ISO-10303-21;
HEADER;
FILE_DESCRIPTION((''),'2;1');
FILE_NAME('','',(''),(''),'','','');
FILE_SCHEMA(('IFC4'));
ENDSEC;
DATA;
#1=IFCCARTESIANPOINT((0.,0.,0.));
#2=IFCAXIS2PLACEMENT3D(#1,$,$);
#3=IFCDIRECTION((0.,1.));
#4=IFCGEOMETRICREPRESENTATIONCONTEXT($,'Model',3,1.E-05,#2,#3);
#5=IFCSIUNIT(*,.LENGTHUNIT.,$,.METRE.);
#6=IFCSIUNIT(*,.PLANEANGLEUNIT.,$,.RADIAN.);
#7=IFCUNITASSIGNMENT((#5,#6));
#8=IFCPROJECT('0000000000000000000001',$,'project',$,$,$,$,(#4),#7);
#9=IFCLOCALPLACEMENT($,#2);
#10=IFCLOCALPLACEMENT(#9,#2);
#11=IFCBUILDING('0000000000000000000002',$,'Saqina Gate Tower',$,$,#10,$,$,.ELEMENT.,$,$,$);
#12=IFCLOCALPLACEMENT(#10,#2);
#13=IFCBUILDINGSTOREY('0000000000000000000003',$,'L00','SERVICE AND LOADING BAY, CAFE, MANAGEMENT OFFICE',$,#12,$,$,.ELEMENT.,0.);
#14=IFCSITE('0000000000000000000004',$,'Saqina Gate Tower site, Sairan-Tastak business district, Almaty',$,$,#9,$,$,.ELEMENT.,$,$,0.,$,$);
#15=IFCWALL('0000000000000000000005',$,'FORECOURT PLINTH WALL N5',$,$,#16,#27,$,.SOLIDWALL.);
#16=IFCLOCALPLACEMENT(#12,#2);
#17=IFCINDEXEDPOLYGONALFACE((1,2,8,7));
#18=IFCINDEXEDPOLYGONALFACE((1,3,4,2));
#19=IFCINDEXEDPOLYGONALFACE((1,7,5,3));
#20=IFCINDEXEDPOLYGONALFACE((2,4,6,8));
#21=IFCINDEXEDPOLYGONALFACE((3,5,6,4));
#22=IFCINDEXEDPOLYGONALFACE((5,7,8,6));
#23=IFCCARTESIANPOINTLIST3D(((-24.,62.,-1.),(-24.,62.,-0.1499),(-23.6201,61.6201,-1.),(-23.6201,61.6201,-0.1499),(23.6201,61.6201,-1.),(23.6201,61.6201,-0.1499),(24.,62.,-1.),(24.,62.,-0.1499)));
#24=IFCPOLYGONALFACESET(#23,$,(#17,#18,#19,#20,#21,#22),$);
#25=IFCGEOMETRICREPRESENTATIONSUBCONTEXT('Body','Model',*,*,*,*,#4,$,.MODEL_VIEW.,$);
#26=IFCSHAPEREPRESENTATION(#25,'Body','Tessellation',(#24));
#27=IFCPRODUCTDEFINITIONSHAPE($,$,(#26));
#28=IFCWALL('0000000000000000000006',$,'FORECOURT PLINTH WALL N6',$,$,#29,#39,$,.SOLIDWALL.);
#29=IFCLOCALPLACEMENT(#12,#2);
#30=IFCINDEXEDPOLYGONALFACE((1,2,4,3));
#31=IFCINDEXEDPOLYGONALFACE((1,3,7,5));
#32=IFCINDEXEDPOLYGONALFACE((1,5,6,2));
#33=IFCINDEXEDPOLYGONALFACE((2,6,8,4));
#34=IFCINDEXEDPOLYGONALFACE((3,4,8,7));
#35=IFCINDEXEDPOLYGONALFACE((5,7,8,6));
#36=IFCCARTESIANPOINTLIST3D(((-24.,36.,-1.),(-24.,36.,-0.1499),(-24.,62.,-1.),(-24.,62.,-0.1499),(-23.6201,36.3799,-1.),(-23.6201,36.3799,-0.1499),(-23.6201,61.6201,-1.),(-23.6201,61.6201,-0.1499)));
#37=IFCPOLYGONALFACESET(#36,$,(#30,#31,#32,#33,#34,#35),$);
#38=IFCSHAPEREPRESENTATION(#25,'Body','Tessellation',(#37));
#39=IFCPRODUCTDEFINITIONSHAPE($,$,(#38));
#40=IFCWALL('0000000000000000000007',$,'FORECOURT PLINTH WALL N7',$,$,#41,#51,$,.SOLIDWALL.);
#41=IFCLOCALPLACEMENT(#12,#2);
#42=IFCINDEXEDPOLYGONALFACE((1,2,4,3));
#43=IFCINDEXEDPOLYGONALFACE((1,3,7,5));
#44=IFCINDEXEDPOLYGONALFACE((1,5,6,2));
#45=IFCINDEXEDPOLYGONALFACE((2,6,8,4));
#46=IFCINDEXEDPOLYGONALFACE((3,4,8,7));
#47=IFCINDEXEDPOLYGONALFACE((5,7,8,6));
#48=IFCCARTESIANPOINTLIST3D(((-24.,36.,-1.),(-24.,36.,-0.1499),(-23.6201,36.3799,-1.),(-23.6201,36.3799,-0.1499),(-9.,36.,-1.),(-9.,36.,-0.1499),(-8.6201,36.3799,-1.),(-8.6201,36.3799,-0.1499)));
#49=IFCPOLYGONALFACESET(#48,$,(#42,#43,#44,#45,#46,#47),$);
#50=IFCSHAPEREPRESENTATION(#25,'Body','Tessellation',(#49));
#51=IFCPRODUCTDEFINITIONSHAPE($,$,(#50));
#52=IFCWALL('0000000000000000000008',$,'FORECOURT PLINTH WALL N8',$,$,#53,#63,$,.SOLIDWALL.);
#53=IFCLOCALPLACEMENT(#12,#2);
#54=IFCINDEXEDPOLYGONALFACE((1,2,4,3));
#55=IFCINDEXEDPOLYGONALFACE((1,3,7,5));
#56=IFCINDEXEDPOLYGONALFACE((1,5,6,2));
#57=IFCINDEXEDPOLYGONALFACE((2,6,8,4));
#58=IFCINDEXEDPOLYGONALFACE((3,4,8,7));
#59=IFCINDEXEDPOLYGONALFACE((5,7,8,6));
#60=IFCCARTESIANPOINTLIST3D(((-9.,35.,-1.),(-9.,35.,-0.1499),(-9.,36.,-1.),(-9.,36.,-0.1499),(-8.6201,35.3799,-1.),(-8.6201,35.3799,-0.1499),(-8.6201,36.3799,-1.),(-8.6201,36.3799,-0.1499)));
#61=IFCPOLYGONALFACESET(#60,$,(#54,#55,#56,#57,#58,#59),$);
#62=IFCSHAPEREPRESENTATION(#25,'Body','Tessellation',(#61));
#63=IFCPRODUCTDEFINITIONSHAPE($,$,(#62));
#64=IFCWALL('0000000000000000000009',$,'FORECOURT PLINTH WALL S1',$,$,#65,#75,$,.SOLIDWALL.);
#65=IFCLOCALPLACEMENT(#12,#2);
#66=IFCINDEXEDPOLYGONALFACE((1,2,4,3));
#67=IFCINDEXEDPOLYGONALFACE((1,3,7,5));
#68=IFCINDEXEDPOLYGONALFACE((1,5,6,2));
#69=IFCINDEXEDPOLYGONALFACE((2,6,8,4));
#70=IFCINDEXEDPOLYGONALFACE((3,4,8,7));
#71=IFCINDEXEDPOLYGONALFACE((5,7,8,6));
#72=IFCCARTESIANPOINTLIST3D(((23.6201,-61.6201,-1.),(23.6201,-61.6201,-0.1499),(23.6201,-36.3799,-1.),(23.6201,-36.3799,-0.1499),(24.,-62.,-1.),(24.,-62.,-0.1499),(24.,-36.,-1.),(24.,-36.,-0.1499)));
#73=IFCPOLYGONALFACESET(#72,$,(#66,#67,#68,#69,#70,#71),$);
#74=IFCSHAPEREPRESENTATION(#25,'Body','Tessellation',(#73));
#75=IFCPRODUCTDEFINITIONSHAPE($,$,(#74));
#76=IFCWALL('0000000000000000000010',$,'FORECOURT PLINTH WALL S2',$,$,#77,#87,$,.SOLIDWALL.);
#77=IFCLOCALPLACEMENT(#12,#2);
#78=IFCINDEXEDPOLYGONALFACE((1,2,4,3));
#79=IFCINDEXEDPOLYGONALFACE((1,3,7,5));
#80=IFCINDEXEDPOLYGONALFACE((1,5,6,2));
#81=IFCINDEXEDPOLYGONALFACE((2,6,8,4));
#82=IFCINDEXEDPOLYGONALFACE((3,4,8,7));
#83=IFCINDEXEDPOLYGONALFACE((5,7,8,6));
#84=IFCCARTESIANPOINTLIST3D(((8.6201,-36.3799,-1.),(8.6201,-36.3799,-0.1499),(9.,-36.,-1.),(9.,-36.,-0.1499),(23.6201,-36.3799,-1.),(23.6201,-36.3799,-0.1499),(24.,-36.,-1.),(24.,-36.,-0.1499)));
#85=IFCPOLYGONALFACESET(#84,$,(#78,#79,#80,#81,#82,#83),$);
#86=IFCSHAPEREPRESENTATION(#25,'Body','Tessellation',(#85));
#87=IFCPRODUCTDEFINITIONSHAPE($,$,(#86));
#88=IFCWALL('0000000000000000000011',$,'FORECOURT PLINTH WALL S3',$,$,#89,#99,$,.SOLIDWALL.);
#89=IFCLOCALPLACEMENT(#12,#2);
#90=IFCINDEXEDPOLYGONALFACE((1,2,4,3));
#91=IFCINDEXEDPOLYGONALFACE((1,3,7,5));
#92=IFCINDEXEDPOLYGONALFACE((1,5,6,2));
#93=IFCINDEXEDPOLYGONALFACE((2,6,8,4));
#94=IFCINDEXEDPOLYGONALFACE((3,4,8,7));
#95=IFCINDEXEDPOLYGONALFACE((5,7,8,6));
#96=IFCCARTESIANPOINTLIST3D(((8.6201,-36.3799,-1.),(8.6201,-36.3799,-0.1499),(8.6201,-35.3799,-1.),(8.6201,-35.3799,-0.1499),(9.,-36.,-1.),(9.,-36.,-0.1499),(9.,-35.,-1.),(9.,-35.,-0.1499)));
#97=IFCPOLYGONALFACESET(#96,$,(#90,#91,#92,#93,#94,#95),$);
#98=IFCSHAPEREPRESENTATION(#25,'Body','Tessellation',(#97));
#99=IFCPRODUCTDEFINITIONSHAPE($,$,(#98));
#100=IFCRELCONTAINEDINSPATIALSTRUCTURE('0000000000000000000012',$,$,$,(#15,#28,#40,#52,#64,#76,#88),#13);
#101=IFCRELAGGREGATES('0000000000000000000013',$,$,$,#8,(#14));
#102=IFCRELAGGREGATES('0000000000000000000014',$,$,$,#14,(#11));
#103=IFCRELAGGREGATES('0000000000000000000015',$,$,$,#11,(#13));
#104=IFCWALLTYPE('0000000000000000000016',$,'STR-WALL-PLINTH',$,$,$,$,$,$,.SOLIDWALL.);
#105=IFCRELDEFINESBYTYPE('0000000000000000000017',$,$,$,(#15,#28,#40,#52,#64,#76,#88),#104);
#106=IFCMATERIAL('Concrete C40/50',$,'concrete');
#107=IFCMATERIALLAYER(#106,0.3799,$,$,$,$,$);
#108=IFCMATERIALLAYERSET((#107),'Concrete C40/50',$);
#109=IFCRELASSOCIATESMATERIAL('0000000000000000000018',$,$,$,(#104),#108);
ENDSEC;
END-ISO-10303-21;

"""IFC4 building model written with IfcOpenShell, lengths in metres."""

from ifc_helpers import new_model, si_unit, direction, frame, origin, place, context, subcontext, project, spatial, polyline, outline, extrude, material, layer, layer_set, type_object, element, save


model = new_model("IFC4")

# Units and contexts
model_context = context("Model", 3, precision=1e-05, world=origin(), true_north=direction((0.0, 1.0)))
body_context = subcontext(model_context, "Body", "Model", "MODEL_VIEW")
ifc_project = project(units=[si_unit("LENGTHUNIT", "METRE"), si_unit("PLANEANGLEUNIT", "RADIAN")], contexts=[model_context])

# Site, building, storey
site_placement = place(None, origin())
site = spatial("IfcSite", under=ifc_project, at=site_placement, Name="Saqina Gate Tower site, Sairan-Tastak business district, Almaty", CompositionType="ELEMENT", RefElevation=0.0)
building_placement = place(site_placement, origin())
building = spatial("IfcBuilding", under=site, at=building_placement, Name="Saqina Gate Tower", CompositionType="ELEMENT")
storey_placement = place(building_placement, origin())
storey = spatial("IfcBuildingStorey", under=building, at=storey_placement, Name="L00", Description="SERVICE AND LOADING BAY, CAFE, MANAGEMENT OFFICE", CompositionType="ELEMENT", Elevation=0.0)

# Walls
ifc_material_1 = material(Name="Concrete C40/50", Category="concrete")
ifc_layer_1 = layer(ifc_material_1, 0.3799)
ifc_layer_set_1 = layer_set([ifc_layer_1], Name="Concrete C40/50")
wall_type_1 = type_object("IfcWallType", Name="STR-WALL-PLINTH", PredefinedType="SOLIDWALL", material=ifc_layer_set_1)
wall_1_placement = place(storey_placement, frame((0.0, 0.0, -1.0)))
element("IfcWall", 1, at=wall_1_placement, inside=storey, type_object=wall_type_1, Name="FORECOURT PLINTH WALL N5", PredefinedType="SOLIDWALL", context=body_context, shape_type="SweptSolid", body=[
    extrude(outline(polyline([(24.0, 62.0), (-24.0, 62.0), (-23.6201, 61.6201), (23.6201, 61.6201), (24.0, 62.0)])), origin(), (0.0, 0.0, 1.0), 0.8501),
])
wall_2_placement = place(storey_placement, frame((0.0, 0.0, -1.0)))
element("IfcWall", 2, at=wall_2_placement, inside=storey, type_object=wall_type_1, Name="FORECOURT PLINTH WALL N6", PredefinedType="SOLIDWALL", context=body_context, shape_type="SweptSolid", body=[
    extrude(outline(polyline([(-24.0, 62.0), (-24.0, 36.0), (-23.6201, 36.3799), (-23.6201, 61.6201), (-24.0, 62.0)])), origin(), (0.0, 0.0, 1.0), 0.8501),
])
wall_3_placement = place(storey_placement, frame((0.0, 0.0, -1.0)))
element("IfcWall", 3, at=wall_3_placement, inside=storey, type_object=wall_type_1, Name="FORECOURT PLINTH WALL N7", PredefinedType="SOLIDWALL", context=body_context, shape_type="SweptSolid", body=[
    extrude(outline(polyline([(-24.0, 36.0), (-9.0, 36.0), (-8.6201, 36.3799), (-23.6201, 36.3799), (-24.0, 36.0)])), origin(), (0.0, 0.0, 1.0), 0.8501),
])
wall_4_placement = place(storey_placement, frame((0.0, 0.0, -1.0)))
element("IfcWall", 4, at=wall_4_placement, inside=storey, type_object=wall_type_1, Name="FORECOURT PLINTH WALL N8", PredefinedType="SOLIDWALL", context=body_context, shape_type="SweptSolid", body=[
    extrude(outline(polyline([(-9.0, 36.0), (-9.0, 35.0), (-8.6201, 35.3799), (-8.6201, 36.3799), (-9.0, 36.0)])), origin(), (0.0, 0.0, 1.0), 0.8501),
])
wall_5_placement = place(storey_placement, frame((0.0, 0.0, -1.0)))
element("IfcWall", 5, at=wall_5_placement, inside=storey, type_object=wall_type_1, Name="FORECOURT PLINTH WALL S1", PredefinedType="SOLIDWALL", context=body_context, shape_type="SweptSolid", body=[
    extrude(outline(polyline([(24.0, -62.0), (24.0, -36.0), (23.6201, -36.3799), (23.6201, -61.6201), (24.0, -62.0)])), origin(), (0.0, 0.0, 1.0), 0.8501),
])
wall_6_placement = place(storey_placement, frame((0.0, 0.0, -1.0)))
element("IfcWall", 6, at=wall_6_placement, inside=storey, type_object=wall_type_1, Name="FORECOURT PLINTH WALL S2", PredefinedType="SOLIDWALL", context=body_context, shape_type="SweptSolid", body=[
    extrude(outline(polyline([(24.0, -36.0), (9.0, -36.0), (8.6201, -36.3799), (23.6201, -36.3799), (24.0, -36.0)])), origin(), (0.0, 0.0, 1.0), 0.8501),
])
wall_7_placement = place(storey_placement, frame((0.0, 0.0, -1.0)))
element("IfcWall", 7, at=wall_7_placement, inside=storey, type_object=wall_type_1, Name="FORECOURT PLINTH WALL S3", PredefinedType="SOLIDWALL", context=body_context, shape_type="SweptSolid", body=[
    extrude(outline(polyline([(9.0, -36.0), (9.0, -35.0), (8.6201, -35.3799), (8.6201, -36.3799), (9.0, -36.0)])), origin(), (0.0, 0.0, 1.0), 0.8501),
])

save(model, "model.ifc")
